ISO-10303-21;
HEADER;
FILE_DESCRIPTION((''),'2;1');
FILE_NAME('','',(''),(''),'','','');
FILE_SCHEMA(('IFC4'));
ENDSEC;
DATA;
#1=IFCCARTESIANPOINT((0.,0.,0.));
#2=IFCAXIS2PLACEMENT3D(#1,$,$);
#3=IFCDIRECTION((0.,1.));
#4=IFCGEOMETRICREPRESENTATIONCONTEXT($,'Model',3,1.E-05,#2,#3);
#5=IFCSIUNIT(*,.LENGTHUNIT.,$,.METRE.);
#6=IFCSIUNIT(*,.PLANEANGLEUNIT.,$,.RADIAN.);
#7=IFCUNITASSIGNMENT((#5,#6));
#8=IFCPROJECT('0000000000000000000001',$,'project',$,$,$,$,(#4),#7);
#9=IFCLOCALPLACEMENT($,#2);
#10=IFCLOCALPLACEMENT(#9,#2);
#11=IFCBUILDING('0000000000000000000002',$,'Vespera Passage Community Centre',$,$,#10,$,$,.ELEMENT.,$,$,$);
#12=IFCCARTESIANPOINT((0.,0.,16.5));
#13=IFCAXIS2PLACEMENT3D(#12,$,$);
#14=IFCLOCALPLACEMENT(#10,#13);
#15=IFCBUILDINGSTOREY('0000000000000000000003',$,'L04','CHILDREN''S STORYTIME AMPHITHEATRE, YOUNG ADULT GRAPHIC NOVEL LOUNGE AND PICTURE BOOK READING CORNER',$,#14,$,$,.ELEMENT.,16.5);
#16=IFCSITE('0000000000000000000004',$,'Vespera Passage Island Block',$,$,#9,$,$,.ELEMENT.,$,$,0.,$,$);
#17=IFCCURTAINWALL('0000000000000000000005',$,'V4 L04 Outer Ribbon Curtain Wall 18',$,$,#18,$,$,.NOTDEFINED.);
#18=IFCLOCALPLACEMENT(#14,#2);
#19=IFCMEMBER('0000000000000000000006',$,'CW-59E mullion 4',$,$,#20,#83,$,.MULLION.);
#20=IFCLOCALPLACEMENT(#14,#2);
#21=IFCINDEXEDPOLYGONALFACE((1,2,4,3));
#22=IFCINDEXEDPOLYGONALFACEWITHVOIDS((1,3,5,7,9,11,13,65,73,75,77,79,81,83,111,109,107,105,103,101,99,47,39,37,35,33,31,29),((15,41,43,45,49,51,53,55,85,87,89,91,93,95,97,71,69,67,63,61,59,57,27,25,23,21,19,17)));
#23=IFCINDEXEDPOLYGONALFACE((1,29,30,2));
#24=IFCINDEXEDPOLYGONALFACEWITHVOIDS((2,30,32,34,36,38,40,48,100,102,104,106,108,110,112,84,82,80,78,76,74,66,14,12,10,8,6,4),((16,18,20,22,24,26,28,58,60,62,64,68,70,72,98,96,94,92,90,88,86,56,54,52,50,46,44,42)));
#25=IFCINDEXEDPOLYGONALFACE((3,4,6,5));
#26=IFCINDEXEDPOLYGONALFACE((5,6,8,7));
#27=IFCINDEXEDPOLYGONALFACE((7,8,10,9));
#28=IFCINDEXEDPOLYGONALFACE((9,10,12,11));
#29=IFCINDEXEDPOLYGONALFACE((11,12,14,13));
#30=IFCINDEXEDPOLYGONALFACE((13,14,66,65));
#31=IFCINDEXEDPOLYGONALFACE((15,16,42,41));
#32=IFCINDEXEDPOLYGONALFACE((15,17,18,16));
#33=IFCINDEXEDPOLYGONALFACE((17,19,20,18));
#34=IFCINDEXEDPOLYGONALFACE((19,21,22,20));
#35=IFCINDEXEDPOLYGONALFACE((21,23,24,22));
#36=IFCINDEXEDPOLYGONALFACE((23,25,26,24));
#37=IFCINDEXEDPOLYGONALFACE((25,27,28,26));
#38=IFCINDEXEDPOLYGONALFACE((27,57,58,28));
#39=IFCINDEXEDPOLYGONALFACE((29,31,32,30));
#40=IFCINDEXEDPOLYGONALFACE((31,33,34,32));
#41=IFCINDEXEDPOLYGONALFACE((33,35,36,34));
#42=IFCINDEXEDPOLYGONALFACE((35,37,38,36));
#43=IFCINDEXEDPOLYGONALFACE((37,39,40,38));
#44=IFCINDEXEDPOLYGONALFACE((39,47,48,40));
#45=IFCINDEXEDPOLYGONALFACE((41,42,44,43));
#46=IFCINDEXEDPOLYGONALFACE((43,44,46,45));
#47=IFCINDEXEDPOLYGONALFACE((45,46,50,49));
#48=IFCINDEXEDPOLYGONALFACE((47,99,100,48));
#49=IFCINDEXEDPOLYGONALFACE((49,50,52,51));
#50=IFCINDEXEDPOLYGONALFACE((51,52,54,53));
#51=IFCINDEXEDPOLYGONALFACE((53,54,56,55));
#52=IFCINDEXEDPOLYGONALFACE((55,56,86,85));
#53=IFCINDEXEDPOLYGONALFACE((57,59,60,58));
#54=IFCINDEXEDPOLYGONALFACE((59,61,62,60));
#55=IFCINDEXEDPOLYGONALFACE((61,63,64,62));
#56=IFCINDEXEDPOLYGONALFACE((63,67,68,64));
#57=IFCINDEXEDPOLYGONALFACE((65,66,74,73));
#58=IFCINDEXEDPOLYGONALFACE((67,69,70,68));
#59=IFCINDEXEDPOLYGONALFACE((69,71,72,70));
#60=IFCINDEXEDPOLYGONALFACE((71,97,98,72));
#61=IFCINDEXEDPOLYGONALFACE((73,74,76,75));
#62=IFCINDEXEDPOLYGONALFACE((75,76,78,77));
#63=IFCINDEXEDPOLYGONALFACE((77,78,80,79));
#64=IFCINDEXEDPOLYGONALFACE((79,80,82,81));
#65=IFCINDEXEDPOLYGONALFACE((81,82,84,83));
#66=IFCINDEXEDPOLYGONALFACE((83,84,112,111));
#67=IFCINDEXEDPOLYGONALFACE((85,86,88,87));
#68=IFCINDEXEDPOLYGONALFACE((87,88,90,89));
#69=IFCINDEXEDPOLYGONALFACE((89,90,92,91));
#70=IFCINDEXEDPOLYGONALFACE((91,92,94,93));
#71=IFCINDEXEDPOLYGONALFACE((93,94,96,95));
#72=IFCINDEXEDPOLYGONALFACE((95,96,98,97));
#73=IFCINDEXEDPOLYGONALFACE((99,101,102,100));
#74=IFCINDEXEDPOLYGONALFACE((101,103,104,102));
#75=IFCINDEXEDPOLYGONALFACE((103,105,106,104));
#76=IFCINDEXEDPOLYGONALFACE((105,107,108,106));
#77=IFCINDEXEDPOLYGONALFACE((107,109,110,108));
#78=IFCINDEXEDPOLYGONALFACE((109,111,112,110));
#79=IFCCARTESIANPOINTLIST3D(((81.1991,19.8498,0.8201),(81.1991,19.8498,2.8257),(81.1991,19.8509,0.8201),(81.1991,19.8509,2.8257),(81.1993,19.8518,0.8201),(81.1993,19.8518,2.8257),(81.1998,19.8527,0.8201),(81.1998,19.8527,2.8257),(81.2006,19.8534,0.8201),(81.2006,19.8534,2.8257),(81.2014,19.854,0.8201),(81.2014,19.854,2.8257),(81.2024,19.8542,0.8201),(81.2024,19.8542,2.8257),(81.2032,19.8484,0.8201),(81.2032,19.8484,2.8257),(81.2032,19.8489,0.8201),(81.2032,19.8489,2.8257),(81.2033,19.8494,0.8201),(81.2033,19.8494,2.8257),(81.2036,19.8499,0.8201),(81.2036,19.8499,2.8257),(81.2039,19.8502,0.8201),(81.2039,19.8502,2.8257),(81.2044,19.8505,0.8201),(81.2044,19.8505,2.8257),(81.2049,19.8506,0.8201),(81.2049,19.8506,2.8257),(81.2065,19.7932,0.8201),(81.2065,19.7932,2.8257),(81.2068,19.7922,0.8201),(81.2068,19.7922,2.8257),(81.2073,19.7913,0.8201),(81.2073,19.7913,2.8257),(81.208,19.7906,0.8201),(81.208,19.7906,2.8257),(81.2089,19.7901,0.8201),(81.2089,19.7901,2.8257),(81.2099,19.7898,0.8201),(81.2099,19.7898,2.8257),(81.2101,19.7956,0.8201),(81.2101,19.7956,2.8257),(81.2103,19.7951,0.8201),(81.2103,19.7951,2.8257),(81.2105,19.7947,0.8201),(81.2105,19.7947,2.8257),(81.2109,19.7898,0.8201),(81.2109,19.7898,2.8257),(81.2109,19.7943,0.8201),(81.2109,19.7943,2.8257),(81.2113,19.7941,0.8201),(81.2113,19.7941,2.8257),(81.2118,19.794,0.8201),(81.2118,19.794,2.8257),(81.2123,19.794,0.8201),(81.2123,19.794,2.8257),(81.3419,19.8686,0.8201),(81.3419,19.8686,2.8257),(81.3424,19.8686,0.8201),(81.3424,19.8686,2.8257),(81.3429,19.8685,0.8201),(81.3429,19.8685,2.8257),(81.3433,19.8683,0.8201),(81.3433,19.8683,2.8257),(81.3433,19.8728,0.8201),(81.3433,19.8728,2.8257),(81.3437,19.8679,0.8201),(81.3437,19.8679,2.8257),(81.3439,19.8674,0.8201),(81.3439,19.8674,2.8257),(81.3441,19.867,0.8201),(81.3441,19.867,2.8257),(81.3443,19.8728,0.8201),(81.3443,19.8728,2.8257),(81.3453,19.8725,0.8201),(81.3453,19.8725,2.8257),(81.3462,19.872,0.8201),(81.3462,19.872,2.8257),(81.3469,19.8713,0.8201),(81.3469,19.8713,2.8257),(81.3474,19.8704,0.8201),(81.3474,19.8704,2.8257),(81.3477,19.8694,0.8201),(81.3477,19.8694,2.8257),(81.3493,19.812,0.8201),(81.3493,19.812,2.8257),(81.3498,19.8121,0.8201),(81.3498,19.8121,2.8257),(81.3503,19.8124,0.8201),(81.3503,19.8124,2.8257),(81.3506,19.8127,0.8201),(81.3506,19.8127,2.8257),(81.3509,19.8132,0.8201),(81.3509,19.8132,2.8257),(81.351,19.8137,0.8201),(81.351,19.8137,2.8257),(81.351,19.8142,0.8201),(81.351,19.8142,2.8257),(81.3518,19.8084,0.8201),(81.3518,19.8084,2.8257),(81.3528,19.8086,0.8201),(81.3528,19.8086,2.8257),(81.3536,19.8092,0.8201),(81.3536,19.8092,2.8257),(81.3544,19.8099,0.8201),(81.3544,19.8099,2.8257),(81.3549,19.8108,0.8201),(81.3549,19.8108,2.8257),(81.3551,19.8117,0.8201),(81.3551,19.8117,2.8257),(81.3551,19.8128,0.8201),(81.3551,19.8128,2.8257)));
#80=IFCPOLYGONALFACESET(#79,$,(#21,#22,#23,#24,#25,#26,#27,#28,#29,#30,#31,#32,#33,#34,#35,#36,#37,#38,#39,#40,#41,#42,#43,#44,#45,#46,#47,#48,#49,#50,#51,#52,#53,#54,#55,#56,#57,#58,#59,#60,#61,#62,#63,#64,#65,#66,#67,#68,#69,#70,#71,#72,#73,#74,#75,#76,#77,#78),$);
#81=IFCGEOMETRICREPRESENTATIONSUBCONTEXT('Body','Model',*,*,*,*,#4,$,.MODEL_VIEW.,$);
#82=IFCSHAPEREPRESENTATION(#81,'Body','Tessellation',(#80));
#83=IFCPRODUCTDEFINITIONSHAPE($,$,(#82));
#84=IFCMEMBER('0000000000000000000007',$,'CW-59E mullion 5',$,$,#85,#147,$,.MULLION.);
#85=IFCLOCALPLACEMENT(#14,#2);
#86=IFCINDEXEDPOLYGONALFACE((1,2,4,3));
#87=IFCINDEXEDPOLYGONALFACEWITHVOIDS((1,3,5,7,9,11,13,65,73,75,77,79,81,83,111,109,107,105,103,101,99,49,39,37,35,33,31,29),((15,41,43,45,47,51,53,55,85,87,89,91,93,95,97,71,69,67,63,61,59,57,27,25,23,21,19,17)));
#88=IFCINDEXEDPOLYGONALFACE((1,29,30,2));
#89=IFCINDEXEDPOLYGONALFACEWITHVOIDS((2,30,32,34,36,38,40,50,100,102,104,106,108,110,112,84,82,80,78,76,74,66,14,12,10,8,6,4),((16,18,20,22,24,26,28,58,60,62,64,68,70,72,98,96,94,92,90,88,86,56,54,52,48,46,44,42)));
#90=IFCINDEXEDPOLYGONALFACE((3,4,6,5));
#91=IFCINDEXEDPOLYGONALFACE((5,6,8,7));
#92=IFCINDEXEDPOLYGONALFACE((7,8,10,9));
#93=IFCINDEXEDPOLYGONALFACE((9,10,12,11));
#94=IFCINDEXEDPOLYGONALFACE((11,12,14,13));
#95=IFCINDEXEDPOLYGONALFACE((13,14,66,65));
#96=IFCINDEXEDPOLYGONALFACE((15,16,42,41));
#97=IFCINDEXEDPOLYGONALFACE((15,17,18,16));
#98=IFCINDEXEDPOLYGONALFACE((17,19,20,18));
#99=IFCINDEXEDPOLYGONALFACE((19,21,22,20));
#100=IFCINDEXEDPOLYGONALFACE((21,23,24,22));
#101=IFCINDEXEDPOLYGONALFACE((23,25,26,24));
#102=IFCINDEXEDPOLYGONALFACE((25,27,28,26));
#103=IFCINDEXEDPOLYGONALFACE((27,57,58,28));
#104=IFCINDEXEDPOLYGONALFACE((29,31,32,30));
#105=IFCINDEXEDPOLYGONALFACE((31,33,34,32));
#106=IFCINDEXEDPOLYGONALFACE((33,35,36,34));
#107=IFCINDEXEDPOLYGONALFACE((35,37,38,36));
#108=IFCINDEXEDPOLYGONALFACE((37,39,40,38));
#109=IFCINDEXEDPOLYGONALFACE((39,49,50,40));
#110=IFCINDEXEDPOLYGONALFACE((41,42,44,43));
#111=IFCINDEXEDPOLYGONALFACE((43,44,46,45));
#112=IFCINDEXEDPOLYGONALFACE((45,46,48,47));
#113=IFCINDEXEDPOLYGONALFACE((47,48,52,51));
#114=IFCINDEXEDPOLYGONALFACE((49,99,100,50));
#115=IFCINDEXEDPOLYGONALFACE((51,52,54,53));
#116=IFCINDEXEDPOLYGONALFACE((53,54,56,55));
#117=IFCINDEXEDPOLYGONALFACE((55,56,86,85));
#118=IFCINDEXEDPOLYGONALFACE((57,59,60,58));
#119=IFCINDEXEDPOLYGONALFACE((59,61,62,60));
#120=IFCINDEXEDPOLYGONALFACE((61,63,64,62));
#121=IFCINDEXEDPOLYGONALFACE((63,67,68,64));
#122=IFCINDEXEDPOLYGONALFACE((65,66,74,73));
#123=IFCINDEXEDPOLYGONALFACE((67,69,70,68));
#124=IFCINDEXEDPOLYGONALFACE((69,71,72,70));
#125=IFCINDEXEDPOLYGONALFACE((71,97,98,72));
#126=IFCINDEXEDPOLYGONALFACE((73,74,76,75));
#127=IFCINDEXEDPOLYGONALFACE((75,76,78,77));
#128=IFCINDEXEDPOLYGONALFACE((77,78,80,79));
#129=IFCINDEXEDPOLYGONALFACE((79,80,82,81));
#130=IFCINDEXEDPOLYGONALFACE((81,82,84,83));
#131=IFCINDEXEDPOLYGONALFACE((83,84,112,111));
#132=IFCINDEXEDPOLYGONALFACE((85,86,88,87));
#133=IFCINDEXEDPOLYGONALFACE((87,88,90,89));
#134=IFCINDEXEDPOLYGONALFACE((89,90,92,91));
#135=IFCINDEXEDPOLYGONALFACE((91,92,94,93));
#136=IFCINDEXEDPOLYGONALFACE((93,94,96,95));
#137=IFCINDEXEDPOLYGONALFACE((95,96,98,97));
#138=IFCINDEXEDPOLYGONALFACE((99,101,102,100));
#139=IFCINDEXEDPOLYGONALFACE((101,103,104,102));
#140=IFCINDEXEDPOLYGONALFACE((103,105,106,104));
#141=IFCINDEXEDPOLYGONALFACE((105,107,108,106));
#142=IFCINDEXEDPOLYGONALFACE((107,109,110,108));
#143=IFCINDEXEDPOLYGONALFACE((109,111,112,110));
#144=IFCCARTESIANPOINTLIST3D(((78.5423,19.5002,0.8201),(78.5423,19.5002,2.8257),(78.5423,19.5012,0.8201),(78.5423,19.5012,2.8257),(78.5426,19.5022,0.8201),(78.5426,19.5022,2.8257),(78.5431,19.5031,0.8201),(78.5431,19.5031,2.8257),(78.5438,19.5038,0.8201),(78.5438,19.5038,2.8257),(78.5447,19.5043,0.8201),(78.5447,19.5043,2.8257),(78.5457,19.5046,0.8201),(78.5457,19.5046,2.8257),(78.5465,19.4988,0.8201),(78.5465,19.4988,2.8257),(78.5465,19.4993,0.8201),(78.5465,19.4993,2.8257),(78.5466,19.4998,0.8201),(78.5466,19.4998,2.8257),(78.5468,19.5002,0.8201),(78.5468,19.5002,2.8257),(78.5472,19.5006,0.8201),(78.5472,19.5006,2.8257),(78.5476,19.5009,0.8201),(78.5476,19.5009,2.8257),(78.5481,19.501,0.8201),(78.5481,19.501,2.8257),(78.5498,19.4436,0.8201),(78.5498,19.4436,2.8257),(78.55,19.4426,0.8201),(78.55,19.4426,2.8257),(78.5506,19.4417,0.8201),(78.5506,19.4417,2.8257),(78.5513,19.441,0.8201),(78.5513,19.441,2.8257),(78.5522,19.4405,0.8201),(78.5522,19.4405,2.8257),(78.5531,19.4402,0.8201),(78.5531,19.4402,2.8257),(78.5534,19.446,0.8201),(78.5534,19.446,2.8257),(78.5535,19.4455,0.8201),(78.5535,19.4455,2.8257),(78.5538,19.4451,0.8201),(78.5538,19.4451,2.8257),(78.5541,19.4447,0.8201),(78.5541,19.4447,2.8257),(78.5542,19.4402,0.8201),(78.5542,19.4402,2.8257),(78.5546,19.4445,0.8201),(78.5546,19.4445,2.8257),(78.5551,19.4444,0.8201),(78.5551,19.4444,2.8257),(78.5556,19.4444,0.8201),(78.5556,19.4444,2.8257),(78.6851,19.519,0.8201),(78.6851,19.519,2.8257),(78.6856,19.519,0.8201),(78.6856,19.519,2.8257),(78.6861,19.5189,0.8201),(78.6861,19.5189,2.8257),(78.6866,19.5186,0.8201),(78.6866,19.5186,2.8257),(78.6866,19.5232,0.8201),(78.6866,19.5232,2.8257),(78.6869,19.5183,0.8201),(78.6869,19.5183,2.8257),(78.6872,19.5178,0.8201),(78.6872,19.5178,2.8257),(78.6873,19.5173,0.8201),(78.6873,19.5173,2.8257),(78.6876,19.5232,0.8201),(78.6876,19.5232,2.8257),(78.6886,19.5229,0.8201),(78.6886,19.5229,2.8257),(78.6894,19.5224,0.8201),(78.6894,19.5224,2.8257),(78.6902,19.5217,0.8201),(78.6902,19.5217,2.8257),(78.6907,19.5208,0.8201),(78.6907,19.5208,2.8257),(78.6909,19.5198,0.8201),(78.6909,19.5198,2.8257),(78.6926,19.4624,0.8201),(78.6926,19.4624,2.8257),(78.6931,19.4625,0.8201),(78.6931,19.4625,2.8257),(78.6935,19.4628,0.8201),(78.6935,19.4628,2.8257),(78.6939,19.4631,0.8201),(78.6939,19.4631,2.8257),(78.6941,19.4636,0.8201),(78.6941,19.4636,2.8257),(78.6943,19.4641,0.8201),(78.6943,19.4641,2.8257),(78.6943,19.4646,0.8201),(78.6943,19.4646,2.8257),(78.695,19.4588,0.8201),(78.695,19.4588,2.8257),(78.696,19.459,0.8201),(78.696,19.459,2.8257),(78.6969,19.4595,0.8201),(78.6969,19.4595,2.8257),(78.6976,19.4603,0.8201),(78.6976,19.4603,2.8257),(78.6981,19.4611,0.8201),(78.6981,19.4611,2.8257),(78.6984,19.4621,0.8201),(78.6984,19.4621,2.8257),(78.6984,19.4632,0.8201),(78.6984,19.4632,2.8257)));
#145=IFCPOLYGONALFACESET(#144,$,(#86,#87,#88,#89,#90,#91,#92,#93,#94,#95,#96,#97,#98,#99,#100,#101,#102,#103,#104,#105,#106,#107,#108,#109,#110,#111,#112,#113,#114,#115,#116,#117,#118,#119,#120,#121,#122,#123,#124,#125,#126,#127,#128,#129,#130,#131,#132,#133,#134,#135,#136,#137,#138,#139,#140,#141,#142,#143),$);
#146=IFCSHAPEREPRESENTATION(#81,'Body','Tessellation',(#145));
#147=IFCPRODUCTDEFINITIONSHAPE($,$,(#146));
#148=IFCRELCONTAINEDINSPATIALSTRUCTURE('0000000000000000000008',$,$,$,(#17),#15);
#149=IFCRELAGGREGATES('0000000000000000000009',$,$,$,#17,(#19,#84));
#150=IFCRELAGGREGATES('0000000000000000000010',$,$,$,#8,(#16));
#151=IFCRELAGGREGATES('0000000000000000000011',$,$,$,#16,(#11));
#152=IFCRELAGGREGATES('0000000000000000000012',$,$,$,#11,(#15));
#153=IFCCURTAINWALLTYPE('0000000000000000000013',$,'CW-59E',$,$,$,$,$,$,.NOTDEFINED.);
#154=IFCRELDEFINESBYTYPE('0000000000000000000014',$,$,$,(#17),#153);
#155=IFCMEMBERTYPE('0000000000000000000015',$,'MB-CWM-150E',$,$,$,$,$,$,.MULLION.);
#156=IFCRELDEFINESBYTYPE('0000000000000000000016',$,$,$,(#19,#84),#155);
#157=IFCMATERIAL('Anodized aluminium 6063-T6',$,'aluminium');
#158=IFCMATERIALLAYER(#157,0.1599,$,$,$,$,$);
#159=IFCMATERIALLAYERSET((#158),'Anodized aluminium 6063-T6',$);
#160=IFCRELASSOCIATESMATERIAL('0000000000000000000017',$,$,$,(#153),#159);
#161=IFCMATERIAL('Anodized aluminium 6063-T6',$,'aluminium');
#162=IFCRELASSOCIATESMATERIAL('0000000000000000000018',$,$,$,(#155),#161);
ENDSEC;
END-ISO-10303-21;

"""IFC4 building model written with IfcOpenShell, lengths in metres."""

from ifc_helpers import new_model, si_unit, direction, frame, origin, origin_2d, place, context, subcontext, project, spatial, hollow_rectangle, extrude, material, layer, layer_set, material_profile, profile_set, type_object, element, aggregate, save


model = new_model("IFC4")

# Units and contexts
model_context = context("Model", 3, precision=1e-05, world=origin(), true_north=direction((0.0, 1.0)))
body_context = subcontext(model_context, "Body", "Model", "MODEL_VIEW")
ifc_project = project(units=[si_unit("LENGTHUNIT", "METRE"), si_unit("PLANEANGLEUNIT", "RADIAN")], contexts=[model_context])

# Site, building, storey
site_placement = place(None, origin())
site = spatial("IfcSite", under=ifc_project, at=site_placement, Name="Vespera Passage Island Block", CompositionType="ELEMENT", RefElevation=0.0)
building_placement = place(site_placement, origin())
building = spatial("IfcBuilding", under=site, at=building_placement, Name="Vespera Passage Community Centre", CompositionType="ELEMENT")
storey_placement = place(building_placement, frame((0.0, 0.0, 16.5)))
storey = spatial("IfcBuildingStorey", under=building, at=storey_placement, Name="L04", Description="CHILDREN'S STORYTIME AMPHITHEATRE, YOUNG ADULT GRAPHIC NOVEL LOUNGE AND PICTURE BOOK READING CORNER", CompositionType="ELEMENT", Elevation=16.5)

# Curtain wall, members
ifc_material_1 = material(Name="Anodized aluminium 6063-T6", Category="aluminium")
ifc_layer_1 = layer(ifc_material_1, 0.1599)
ifc_layer_set_1 = layer_set([ifc_layer_1], Name="Anodized aluminium 6063-T6")
curtain_wall_type = type_object("IfcCurtainWallType", Name="CW-59E", PredefinedType="NOTDEFINED", material=ifc_layer_set_1)
curtain_wall_placement = place(storey_placement, origin())
curtain_wall = element("IfcCurtainWall", 1, at=curtain_wall_placement, inside=storey, type_object=curtain_wall_type, Name="V4 L04 Outer Ribbon Curtain Wall 18", PredefinedType="NOTDEFINED")
ifc_material_2 = material(Name="Anodized aluminium 6063-T6", Category="aluminium")
ifc_material_profile_1 = material_profile(ifc_material_2, hollow_rectangle(XDim=0.0649, YDim=0.1499, WallThickness=0.0039, InnerFilletRadius=0.002, OuterFilletRadius=0.0039, at=origin_2d()), Name="ALU150X65X4")
ifc_profile_set_1 = profile_set([ifc_material_profile_1], Name="Anodized aluminium 6063-T6")
member_type_1 = type_object("IfcMemberType", Name="MB-CWM-150E", PredefinedType="MULLION", material=ifc_profile_set_1)
member_1_placement = place(storey_placement, frame((81.2771, 19.8313, 0.8201), z_axis=(0.0, 0.0, 1.0), x_axis=(0.130531, -0.991444, 0.0)))
member_1 = element("IfcMember", 2, at=member_1_placement, type_object=member_type_1, Name="CW-59E mullion 4", PredefinedType="MULLION", context=body_context, shape_type="SweptSolid", body=[
    extrude(hollow_rectangle(XDim=0.0649, YDim=0.1499, WallThickness=0.0039, InnerFilletRadius=0.002, OuterFilletRadius=0.0039, at=origin_2d()), origin(), (0.0, 0.0, 1.0), 2.0056),
])
member_2_placement = place(storey_placement, frame((78.6204, 19.4817, 0.8201), z_axis=(0.0, 0.0, 1.0), x_axis=(0.130531, -0.991444, 0.0)))
member_2 = element("IfcMember", 3, at=member_2_placement, type_object=member_type_1, Name="CW-59E mullion 5", PredefinedType="MULLION", context=body_context, shape_type="SweptSolid", body=[
    extrude(hollow_rectangle(XDim=0.0649, YDim=0.1499, WallThickness=0.0039, InnerFilletRadius=0.002, OuterFilletRadius=0.0039, at=origin_2d()), origin(), (0.0, 0.0, 1.0), 2.0056),
])
aggregate(curtain_wall, [member_1, member_2])

save(model, "model.ifc")
